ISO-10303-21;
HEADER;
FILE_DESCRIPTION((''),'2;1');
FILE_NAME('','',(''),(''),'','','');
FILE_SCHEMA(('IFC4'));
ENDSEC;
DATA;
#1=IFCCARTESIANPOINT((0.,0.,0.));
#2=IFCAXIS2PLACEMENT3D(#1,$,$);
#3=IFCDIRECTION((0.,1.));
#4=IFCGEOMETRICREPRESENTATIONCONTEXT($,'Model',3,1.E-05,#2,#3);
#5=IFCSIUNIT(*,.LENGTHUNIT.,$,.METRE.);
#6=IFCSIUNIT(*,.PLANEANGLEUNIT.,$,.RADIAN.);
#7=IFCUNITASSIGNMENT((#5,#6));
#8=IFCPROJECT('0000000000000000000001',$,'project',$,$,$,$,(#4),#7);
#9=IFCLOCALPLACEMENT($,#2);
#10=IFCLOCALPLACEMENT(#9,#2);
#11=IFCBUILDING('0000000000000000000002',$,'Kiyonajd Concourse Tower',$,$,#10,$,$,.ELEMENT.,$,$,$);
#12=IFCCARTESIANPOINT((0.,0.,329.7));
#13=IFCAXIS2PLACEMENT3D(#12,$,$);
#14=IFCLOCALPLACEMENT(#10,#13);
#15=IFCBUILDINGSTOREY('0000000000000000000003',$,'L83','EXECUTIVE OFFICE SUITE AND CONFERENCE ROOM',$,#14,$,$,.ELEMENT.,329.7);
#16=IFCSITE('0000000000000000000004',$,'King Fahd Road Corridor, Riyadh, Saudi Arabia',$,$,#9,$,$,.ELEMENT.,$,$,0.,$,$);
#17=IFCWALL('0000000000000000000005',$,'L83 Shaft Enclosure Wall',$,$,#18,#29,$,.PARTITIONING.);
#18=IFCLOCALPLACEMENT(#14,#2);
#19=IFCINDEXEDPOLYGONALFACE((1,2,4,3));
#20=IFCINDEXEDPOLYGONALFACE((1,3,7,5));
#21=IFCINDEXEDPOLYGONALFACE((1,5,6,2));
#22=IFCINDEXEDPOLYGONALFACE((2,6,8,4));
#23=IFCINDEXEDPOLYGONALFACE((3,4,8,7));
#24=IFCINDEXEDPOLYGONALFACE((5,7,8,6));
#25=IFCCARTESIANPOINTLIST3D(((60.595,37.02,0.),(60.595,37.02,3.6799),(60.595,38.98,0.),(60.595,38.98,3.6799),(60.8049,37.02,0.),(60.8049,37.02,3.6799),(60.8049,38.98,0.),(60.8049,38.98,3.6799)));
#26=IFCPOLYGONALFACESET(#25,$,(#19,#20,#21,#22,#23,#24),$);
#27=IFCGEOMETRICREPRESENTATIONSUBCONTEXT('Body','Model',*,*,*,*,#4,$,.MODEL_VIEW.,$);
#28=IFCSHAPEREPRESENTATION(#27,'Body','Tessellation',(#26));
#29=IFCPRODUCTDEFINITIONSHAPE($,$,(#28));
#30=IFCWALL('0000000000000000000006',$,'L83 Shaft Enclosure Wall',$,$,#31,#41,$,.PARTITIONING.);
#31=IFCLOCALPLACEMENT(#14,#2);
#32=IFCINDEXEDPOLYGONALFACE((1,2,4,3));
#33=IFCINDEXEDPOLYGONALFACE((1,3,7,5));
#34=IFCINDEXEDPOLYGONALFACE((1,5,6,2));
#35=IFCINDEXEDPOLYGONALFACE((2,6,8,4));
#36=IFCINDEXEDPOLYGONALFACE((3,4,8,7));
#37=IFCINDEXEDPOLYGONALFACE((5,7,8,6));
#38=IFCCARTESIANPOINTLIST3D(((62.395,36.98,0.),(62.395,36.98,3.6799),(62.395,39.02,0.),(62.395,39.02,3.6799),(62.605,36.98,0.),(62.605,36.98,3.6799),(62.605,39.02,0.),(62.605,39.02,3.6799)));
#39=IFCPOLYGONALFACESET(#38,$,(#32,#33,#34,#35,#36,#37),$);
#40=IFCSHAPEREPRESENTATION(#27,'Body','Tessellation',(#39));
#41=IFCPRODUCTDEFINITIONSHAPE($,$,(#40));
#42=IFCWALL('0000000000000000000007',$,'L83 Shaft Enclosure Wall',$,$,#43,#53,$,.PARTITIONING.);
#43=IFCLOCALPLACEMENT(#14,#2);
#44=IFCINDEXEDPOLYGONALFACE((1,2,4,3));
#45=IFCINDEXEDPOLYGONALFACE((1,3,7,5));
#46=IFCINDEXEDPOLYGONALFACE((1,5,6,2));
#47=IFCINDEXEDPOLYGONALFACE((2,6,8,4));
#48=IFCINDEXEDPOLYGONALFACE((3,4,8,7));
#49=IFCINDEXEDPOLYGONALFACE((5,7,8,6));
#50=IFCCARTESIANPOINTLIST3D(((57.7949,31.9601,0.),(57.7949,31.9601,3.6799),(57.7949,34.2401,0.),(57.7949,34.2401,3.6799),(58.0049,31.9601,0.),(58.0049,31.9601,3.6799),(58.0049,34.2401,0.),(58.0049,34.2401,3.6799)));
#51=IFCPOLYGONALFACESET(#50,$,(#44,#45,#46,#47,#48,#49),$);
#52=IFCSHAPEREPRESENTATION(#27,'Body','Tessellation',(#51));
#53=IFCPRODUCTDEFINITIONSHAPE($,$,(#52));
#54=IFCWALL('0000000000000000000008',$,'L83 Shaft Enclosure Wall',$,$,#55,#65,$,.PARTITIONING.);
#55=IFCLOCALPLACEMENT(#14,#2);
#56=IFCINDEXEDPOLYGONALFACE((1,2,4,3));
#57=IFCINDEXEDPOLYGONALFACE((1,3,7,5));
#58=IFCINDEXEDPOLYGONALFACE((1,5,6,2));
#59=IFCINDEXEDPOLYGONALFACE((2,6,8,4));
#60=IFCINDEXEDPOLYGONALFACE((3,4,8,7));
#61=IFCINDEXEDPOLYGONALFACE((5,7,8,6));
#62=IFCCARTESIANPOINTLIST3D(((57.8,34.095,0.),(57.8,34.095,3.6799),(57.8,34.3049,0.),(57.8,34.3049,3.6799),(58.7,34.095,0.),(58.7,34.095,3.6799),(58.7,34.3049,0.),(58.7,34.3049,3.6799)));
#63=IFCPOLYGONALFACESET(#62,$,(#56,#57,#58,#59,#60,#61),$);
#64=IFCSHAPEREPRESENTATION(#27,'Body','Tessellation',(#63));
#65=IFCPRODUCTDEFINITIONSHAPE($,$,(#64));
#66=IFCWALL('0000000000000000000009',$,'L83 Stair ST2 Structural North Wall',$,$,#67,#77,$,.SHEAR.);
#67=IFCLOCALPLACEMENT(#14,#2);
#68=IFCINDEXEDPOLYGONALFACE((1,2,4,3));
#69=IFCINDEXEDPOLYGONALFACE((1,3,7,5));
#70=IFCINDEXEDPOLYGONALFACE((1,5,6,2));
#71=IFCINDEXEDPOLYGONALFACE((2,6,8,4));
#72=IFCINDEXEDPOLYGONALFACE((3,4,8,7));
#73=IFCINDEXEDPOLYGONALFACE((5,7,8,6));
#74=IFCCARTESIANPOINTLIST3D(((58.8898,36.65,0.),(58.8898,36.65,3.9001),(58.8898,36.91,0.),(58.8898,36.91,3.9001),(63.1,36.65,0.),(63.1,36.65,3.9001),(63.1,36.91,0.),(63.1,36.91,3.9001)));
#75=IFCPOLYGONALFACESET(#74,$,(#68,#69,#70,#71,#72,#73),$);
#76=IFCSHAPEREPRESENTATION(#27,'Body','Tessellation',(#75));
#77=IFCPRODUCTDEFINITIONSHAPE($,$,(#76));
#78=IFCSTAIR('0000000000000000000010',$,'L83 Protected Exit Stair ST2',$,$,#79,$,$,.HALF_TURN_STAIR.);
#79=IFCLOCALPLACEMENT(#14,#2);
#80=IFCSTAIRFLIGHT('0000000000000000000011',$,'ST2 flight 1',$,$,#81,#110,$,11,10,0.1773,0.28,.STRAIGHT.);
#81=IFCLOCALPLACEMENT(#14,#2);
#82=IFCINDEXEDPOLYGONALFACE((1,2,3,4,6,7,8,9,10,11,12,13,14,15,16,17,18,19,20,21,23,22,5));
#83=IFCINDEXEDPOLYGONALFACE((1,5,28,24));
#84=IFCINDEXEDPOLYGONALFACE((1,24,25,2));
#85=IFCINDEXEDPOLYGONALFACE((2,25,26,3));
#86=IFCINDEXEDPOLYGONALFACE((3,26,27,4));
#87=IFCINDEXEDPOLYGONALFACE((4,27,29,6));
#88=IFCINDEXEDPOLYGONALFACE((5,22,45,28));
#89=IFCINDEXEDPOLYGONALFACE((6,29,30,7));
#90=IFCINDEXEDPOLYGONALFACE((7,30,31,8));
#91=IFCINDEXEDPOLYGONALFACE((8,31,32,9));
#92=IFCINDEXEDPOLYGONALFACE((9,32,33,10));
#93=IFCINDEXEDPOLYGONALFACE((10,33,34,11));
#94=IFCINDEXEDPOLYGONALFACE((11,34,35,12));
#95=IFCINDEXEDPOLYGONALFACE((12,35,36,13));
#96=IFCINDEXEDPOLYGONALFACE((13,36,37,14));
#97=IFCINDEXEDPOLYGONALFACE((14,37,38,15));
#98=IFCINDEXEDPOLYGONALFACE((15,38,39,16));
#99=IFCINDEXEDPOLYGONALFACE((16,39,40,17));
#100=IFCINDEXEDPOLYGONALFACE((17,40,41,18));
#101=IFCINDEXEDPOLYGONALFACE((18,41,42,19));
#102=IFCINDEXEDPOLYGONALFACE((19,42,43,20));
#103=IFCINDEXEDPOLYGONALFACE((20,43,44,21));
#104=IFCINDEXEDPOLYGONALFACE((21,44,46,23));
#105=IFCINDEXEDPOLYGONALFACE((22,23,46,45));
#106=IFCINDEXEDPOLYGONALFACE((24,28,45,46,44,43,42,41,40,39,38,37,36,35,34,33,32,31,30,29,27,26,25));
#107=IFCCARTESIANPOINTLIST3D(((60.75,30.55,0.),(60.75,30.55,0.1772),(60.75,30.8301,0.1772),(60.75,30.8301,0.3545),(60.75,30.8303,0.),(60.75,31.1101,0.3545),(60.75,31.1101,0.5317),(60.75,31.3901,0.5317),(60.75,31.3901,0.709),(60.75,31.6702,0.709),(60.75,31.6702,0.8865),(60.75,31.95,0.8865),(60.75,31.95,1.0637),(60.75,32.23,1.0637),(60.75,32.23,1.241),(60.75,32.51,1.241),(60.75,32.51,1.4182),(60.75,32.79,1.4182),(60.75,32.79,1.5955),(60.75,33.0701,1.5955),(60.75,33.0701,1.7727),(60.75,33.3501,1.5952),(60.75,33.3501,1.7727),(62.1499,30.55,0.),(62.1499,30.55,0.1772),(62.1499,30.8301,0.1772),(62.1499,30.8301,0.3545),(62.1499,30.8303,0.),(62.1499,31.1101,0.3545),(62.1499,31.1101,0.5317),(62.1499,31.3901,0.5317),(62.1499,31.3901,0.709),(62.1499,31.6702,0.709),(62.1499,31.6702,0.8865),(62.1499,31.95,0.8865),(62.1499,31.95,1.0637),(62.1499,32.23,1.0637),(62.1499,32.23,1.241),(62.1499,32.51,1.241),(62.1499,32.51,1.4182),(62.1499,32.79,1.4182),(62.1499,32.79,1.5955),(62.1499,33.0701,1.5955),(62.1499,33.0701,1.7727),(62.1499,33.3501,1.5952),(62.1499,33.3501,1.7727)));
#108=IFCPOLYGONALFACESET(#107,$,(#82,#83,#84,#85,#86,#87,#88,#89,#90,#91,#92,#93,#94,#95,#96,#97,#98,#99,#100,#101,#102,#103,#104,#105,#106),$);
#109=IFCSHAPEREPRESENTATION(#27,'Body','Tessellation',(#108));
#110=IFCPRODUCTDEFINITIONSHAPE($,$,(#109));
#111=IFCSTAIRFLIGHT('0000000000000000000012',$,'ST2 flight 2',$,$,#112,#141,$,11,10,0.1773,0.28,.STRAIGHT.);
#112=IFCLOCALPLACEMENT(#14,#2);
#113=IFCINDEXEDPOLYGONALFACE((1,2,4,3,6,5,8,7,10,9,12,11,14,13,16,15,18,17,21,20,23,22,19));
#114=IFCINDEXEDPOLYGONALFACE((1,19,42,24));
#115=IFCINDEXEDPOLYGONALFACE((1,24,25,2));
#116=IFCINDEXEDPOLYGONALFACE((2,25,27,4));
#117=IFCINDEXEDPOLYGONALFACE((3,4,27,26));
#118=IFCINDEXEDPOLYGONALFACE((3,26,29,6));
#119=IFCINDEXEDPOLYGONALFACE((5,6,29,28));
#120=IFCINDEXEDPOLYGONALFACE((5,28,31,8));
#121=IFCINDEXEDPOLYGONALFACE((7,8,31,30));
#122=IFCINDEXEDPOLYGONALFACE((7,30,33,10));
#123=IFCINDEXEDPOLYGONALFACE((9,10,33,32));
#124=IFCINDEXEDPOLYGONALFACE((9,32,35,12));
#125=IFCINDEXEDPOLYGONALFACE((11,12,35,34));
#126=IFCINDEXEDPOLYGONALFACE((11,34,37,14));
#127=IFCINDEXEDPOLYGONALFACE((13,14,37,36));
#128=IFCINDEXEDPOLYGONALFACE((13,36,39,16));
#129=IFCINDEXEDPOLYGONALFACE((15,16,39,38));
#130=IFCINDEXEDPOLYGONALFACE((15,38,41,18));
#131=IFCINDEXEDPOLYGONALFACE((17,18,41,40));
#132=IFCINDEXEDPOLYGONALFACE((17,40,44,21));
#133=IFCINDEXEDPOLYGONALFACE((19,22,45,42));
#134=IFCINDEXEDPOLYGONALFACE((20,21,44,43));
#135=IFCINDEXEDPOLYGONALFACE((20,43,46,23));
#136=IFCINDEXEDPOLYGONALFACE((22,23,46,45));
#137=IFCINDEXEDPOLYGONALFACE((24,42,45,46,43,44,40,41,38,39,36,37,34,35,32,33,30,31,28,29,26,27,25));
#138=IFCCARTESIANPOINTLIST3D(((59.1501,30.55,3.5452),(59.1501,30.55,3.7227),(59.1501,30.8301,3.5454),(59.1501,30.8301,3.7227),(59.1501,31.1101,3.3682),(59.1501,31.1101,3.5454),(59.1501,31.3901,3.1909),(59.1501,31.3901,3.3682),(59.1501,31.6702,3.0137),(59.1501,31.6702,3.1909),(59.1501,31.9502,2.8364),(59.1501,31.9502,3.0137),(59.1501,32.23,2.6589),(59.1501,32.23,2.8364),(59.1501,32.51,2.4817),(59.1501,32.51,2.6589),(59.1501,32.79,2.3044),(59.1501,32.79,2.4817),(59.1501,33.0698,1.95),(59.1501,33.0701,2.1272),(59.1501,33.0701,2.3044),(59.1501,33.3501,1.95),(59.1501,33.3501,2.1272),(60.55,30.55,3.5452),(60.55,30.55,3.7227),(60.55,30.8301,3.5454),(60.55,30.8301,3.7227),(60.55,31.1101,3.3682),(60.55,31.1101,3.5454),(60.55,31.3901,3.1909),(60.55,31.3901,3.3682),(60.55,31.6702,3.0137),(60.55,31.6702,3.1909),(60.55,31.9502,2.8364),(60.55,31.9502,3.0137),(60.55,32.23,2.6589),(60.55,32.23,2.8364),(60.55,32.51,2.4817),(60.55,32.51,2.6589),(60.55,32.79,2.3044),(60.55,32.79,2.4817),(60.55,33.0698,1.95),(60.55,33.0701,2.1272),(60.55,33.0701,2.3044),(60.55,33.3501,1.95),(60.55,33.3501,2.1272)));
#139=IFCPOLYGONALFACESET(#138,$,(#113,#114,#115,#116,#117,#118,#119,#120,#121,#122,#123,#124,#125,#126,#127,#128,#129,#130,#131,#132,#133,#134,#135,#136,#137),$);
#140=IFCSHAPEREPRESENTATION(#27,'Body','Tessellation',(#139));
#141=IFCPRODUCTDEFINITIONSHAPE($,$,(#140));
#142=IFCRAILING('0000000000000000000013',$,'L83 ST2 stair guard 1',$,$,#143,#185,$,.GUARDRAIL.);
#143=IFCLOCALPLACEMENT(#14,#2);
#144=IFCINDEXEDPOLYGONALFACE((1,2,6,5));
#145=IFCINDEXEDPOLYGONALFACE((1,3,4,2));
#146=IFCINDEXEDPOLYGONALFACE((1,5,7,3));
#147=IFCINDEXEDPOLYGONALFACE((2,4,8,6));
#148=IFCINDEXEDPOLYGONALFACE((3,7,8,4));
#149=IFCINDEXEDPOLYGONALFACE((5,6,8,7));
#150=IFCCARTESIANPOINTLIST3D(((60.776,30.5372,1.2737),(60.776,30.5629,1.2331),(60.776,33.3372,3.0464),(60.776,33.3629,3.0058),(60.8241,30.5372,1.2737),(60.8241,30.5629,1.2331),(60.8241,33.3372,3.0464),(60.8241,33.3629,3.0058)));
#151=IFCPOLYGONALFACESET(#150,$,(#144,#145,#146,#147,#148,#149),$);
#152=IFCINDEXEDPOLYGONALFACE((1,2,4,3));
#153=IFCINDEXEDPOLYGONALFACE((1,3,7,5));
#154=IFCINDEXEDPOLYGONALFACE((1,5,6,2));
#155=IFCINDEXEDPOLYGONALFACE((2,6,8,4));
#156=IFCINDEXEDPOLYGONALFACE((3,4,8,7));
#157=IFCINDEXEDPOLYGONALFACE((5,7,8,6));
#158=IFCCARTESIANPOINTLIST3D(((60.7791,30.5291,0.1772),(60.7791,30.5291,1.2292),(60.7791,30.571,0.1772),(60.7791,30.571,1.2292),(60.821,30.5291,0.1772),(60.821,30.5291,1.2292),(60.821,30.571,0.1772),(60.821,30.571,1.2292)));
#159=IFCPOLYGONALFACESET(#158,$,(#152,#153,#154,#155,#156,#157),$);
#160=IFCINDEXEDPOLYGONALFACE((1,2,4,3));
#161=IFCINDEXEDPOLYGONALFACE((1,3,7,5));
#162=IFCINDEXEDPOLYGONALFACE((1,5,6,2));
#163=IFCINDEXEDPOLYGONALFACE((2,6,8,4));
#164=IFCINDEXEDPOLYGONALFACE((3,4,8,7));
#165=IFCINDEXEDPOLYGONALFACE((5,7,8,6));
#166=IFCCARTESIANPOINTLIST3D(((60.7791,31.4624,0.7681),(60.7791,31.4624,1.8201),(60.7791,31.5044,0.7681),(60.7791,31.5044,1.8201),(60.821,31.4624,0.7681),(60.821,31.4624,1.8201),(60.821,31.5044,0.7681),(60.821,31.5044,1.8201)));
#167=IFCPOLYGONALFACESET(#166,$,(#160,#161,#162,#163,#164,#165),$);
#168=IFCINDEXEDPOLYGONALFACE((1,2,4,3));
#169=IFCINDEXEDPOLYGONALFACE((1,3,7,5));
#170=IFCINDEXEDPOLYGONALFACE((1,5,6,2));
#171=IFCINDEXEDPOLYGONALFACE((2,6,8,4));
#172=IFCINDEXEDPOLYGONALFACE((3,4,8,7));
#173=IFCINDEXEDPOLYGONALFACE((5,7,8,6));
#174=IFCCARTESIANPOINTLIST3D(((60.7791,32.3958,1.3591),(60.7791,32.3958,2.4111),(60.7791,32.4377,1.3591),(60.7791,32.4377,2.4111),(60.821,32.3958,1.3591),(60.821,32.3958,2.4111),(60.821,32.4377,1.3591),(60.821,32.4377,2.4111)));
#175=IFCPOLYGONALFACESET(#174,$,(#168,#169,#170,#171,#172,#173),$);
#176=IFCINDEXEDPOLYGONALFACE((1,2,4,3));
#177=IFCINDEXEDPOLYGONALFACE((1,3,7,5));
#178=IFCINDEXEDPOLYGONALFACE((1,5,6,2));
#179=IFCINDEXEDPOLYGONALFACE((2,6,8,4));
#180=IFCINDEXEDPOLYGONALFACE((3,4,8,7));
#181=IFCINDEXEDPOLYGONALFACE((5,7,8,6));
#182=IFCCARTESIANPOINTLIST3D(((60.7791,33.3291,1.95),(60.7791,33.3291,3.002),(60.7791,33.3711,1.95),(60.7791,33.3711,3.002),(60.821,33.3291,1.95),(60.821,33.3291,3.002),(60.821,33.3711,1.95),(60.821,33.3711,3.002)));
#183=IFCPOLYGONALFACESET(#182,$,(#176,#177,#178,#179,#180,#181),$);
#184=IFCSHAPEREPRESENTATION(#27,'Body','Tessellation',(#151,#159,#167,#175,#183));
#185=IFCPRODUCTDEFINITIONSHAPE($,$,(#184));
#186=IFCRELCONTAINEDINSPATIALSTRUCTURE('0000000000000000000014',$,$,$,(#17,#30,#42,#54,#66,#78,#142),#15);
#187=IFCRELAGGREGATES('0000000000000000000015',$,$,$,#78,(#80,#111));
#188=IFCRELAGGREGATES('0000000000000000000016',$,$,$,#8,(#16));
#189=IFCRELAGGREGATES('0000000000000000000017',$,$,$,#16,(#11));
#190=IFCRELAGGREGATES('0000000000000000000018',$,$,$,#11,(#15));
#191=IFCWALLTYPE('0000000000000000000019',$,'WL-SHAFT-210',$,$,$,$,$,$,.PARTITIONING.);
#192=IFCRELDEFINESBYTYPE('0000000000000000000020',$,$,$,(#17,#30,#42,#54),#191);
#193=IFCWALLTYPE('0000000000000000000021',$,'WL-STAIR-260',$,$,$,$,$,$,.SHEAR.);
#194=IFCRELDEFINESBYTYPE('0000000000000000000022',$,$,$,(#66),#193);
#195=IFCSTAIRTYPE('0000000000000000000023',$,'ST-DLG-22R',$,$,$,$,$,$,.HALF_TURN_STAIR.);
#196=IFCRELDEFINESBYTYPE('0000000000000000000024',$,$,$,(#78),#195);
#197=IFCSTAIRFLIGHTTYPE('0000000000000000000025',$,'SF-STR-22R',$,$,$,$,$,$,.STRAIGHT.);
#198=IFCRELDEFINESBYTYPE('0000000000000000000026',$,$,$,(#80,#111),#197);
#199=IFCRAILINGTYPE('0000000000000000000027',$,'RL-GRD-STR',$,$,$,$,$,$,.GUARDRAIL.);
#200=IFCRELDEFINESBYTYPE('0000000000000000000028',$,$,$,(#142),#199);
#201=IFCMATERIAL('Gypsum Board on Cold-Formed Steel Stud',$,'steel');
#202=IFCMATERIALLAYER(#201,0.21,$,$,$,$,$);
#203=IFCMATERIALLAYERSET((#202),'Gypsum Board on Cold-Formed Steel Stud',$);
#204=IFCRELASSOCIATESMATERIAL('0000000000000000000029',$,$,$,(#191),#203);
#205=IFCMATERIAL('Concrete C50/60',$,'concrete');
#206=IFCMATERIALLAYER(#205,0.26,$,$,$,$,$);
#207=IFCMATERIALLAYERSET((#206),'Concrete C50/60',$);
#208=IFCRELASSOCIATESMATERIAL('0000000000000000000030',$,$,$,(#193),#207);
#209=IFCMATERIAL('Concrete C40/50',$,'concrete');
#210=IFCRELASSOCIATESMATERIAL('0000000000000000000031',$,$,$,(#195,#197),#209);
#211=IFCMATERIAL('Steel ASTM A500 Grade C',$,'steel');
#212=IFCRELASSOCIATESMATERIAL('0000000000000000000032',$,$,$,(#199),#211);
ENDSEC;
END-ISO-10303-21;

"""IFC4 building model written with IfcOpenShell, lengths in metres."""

from ifc_helpers import new_model, si_unit, direction, frame, frame_2d, origin, origin_2d, place, context, subcontext, project, spatial, polyline, rectangle, outline, extrude, material, layer, layer_set, type_object, element, aggregate, save


model = new_model("IFC4")

# Units and contexts
model_context = context("Model", 3, precision=1e-05, world=origin(), true_north=direction((0.0, 1.0)))
body_context = subcontext(model_context, "Body", "Model", "MODEL_VIEW")
ifc_project = project(units=[si_unit("LENGTHUNIT", "METRE"), si_unit("PLANEANGLEUNIT", "RADIAN")], contexts=[model_context])

# Site, building, storey
site_placement = place(None, origin())
site = spatial("IfcSite", under=ifc_project, at=site_placement, Name="King Fahd Road Corridor, Riyadh, Saudi Arabia", CompositionType="ELEMENT", RefElevation=0.0)
building_placement = place(site_placement, origin())
building = spatial("IfcBuilding", under=site, at=building_placement, Name="Kiyonajd Concourse Tower", CompositionType="ELEMENT")
storey_placement = place(building_placement, frame((0.0, 0.0, 329.7)))
storey = spatial("IfcBuildingStorey", under=building, at=storey_placement, Name="L83", Description="EXECUTIVE OFFICE SUITE AND CONFERENCE ROOM", CompositionType="ELEMENT", Elevation=329.7)

# Shared definitions
ifc_material_1 = material(Name="Concrete C50/60", Category="concrete")

# Walls
ifc_material_2 = material(Name="Gypsum Board on Cold-Formed Steel Stud", Category="steel")
ifc_layer_1 = layer(ifc_material_2, 0.21)
ifc_layer_set_1 = layer_set([ifc_layer_1], Name="Gypsum Board on Cold-Formed Steel Stud")
wall_type_1 = type_object("IfcWallType", Name="WL-SHAFT-210", PredefinedType="PARTITIONING", material=ifc_layer_set_1)
wall_1_placement = place(storey_placement, frame((60.7, 37.02, 0.0), z_axis=(0.0, 0.0, 1.0), x_axis=(0.0, 1.0, 0.0)))
element("IfcWall", 1, at=wall_1_placement, inside=storey, type_object=wall_type_1, Name="L83 Shaft Enclosure Wall", PredefinedType="PARTITIONING", context=body_context, shape_type="SweptSolid", body=[
    extrude(rectangle(XDim=1.96, YDim=0.21, at=frame_2d((0.98, 0.0))), origin(), (0.0, 0.0, 1.0), 3.6799),
])
wall_2_placement = place(storey_placement, frame((62.5, 36.98, 0.0), z_axis=(0.0, 0.0, 1.0), x_axis=(0.0, 1.0, 0.0)))
element("IfcWall", 2, at=wall_2_placement, inside=storey, type_object=wall_type_1, Name="L83 Shaft Enclosure Wall", PredefinedType="PARTITIONING", context=body_context, shape_type="SweptSolid", body=[
    extrude(rectangle(XDim=2.04, YDim=0.21, at=frame_2d((1.02, 0.0))), origin(), (0.0, 0.0, 1.0), 3.6799),
])
wall_3_placement = place(storey_placement, frame((57.8999, 31.96, 0.0), z_axis=(0.0, 0.0, 1.0), x_axis=(0.0, 1.0, 0.0)))
element("IfcWall", 3, at=wall_3_placement, inside=storey, type_object=wall_type_1, Name="L83 Shaft Enclosure Wall", PredefinedType="PARTITIONING", context=body_context, shape_type="SweptSolid", body=[
    extrude(rectangle(XDim=2.28, YDim=0.21, at=frame_2d((1.1401, 0.0))), origin(), (0.0, 0.0, 1.0), 3.6799),
])
wall_4_placement = place(storey_placement, frame((57.8, 34.2, 0.0), z_axis=(0.0, 0.0, 1.0), x_axis=(1.0, 0.0, 0.0)))
element("IfcWall", 4, at=wall_4_placement, inside=storey, type_object=wall_type_1, Name="L83 Shaft Enclosure Wall", PredefinedType="PARTITIONING", context=body_context, shape_type="SweptSolid", body=[
    extrude(rectangle(XDim=0.8999, YDim=0.21, at=frame_2d((0.45, 0.0))), origin(), (0.0, 0.0, 1.0), 3.6799),
])
ifc_layer_2 = layer(ifc_material_1, 0.26)
ifc_layer_set_2 = layer_set([ifc_layer_2], Name="Concrete C50/60")
wall_type_2 = type_object("IfcWallType", Name="WL-STAIR-260", PredefinedType="SHEAR", material=ifc_layer_set_2)
wall_5_placement = place(storey_placement, frame((58.8899, 36.78, 0.0), z_axis=(0.0, 0.0, 1.0), x_axis=(1.0, 0.0, 0.0)))
element("IfcWall", 5, at=wall_5_placement, inside=storey, type_object=wall_type_2, Name="L83 Stair ST2 Structural North Wall", PredefinedType="SHEAR", context=body_context, shape_type="SweptSolid", body=[
    extrude(rectangle(XDim=4.2102, YDim=0.26, at=frame_2d((2.105, 0.0))), origin(), (0.0, 0.0, 1.0), 3.9001),
])

# Stair, stair flights
ifc_material_3 = material(Name="Concrete C40/50", Category="concrete")
stair_type = type_object("IfcStairType", Name="ST-DLG-22R", PredefinedType="HALF_TURN_STAIR", material=ifc_material_3)
stair_placement = place(storey_placement, origin())
stair = element("IfcStair", 6, at=stair_placement, inside=storey, type_object=stair_type, Name="L83 Protected Exit Stair ST2", PredefinedType="HALF_TURN_STAIR")
stair_flight_type = type_object("IfcStairFlightType", Name="SF-STR-22R", PredefinedType="STRAIGHT", material=ifc_material_3)
stair_flight_1_placement = place(storey_placement, frame((61.45, 30.55, 0.0), z_axis=(0.0, 0.0, 1.0), x_axis=(0.0, 1.0, 0.0)))
stair_flight_1 = element("IfcStairFlight", 7, at=stair_flight_1_placement, type_object=stair_flight_type, Name="ST2 flight 1", NumberOfRisers=11, NumberOfTreads=10, PredefinedType="STRAIGHT", RiserHeight=0.1773, TreadLength=0.28, context=body_context, shape_type="SweptSolid", body=[
    extrude(outline(polyline([(0.0, 0.0), (0.0, 0.1772), (0.28, 0.1772), (0.28, 0.3545), (0.5601, 0.3545), (0.5601, 0.5317), (0.8401, 0.5317), (0.8401, 0.709), (1.1201, 0.709), (1.1201, 0.8865), (1.3999, 0.8865), (1.3999, 1.0637), (1.6799, 1.0637), (1.6799, 1.241), (1.96, 1.241), (1.96, 1.4182), (2.24, 1.4182), (2.24, 1.5955), (2.52, 1.5955), (2.52, 1.7727), (2.8, 1.7727), (2.8, 1.95), (2.8, 1.5952), (0.2803, 0.0), (0.0, 0.0)])), frame((0.0, 0.7, 0.0), z_axis=(0.0, -1.0, 0.0), x_axis=(1.0, 0.0, 0.0)), (0.0, 0.0, 1.0), 1.3999),
])
stair_flight_2_placement = place(storey_placement, frame((59.8501, 33.3501, 1.95), z_axis=(0.0, 0.0, 1.0), x_axis=(0.0, -1.0, 0.0)))
stair_flight_2 = element("IfcStairFlight", 8, at=stair_flight_2_placement, type_object=stair_flight_type, Name="ST2 flight 2", NumberOfRisers=11, NumberOfTreads=10, PredefinedType="STRAIGHT", RiserHeight=0.1773, TreadLength=0.28, context=body_context, shape_type="SweptSolid", body=[
    extrude(outline(polyline([(0.0, 0.0), (0.0, 0.1772), (0.28, 0.1772), (0.28, 0.3545), (0.5601, 0.3545), (0.5601, 0.5317), (0.8401, 0.5317), (0.8401, 0.709), (1.1201, 0.709), (1.1201, 0.8865), (1.3999, 0.8865), (1.3999, 1.0637), (1.6799, 1.0637), (1.6799, 1.241), (1.96, 1.241), (1.96, 1.4182), (2.24, 1.4182), (2.24, 1.5955), (2.52, 1.5955), (2.52, 1.7727), (2.8, 1.7727), (2.8, 1.95), (2.8, 1.5952), (0.2803, 0.0), (0.0, 0.0)])), frame((0.0, 0.7, 0.0), z_axis=(0.0, -1.0, 0.0), x_axis=(1.0, 0.0, 0.0)), (0.0, 0.0, 1.0), 1.3999),
])
aggregate(stair, [stair_flight_1, stair_flight_2])

# Railing
ifc_material_4 = material(Name="Steel ASTM A500 Grade C", Category="steel")
railing_type_1 = type_object("IfcRailingType", Name="RL-GRD-STR", PredefinedType="GUARDRAIL", material=ifc_material_4)
railing_1_placement = place(storey_placement, frame((60.8, 30.55, 0.1772)))
element("IfcRailing", 9, at=railing_1_placement, inside=storey, type_object=railing_type_1, Name="L83 ST2 stair guard 1", PredefinedType="GUARDRAIL", context=body_context, shape_type="SweptSolid", body=[
    extrude(rectangle(XDim=0.0481, YDim=0.0481, at=origin_2d()), frame((0.0, 0.0, 1.0762), z_axis=(0.0, 0.844909, 0.53491), x_axis=(-1.0, 0.0, 0.0)), (0.0, 0.0, 1.0), 3.314),
    extrude(rectangle(XDim=0.042, YDim=0.042, at=origin_2d()), origin(), (0.0, 0.0, 1.0), 1.052),
    extrude(rectangle(XDim=0.042, YDim=0.042, at=origin_2d()), frame((0.0, 0.9333, 0.5908)), (0.0, 0.0, 1.0), 1.052),
    extrude(rectangle(XDim=0.042, YDim=0.042, at=origin_2d()), frame((0.0, 1.8667, 1.1819)), (0.0, 0.0, 1.0), 1.052),
    extrude(rectangle(XDim=0.042, YDim=0.042, at=origin_2d()), frame((0.0, 2.8, 1.7727)), (0.0, 0.0, 1.0), 1.052),
])

save(model, "model.ifc")
